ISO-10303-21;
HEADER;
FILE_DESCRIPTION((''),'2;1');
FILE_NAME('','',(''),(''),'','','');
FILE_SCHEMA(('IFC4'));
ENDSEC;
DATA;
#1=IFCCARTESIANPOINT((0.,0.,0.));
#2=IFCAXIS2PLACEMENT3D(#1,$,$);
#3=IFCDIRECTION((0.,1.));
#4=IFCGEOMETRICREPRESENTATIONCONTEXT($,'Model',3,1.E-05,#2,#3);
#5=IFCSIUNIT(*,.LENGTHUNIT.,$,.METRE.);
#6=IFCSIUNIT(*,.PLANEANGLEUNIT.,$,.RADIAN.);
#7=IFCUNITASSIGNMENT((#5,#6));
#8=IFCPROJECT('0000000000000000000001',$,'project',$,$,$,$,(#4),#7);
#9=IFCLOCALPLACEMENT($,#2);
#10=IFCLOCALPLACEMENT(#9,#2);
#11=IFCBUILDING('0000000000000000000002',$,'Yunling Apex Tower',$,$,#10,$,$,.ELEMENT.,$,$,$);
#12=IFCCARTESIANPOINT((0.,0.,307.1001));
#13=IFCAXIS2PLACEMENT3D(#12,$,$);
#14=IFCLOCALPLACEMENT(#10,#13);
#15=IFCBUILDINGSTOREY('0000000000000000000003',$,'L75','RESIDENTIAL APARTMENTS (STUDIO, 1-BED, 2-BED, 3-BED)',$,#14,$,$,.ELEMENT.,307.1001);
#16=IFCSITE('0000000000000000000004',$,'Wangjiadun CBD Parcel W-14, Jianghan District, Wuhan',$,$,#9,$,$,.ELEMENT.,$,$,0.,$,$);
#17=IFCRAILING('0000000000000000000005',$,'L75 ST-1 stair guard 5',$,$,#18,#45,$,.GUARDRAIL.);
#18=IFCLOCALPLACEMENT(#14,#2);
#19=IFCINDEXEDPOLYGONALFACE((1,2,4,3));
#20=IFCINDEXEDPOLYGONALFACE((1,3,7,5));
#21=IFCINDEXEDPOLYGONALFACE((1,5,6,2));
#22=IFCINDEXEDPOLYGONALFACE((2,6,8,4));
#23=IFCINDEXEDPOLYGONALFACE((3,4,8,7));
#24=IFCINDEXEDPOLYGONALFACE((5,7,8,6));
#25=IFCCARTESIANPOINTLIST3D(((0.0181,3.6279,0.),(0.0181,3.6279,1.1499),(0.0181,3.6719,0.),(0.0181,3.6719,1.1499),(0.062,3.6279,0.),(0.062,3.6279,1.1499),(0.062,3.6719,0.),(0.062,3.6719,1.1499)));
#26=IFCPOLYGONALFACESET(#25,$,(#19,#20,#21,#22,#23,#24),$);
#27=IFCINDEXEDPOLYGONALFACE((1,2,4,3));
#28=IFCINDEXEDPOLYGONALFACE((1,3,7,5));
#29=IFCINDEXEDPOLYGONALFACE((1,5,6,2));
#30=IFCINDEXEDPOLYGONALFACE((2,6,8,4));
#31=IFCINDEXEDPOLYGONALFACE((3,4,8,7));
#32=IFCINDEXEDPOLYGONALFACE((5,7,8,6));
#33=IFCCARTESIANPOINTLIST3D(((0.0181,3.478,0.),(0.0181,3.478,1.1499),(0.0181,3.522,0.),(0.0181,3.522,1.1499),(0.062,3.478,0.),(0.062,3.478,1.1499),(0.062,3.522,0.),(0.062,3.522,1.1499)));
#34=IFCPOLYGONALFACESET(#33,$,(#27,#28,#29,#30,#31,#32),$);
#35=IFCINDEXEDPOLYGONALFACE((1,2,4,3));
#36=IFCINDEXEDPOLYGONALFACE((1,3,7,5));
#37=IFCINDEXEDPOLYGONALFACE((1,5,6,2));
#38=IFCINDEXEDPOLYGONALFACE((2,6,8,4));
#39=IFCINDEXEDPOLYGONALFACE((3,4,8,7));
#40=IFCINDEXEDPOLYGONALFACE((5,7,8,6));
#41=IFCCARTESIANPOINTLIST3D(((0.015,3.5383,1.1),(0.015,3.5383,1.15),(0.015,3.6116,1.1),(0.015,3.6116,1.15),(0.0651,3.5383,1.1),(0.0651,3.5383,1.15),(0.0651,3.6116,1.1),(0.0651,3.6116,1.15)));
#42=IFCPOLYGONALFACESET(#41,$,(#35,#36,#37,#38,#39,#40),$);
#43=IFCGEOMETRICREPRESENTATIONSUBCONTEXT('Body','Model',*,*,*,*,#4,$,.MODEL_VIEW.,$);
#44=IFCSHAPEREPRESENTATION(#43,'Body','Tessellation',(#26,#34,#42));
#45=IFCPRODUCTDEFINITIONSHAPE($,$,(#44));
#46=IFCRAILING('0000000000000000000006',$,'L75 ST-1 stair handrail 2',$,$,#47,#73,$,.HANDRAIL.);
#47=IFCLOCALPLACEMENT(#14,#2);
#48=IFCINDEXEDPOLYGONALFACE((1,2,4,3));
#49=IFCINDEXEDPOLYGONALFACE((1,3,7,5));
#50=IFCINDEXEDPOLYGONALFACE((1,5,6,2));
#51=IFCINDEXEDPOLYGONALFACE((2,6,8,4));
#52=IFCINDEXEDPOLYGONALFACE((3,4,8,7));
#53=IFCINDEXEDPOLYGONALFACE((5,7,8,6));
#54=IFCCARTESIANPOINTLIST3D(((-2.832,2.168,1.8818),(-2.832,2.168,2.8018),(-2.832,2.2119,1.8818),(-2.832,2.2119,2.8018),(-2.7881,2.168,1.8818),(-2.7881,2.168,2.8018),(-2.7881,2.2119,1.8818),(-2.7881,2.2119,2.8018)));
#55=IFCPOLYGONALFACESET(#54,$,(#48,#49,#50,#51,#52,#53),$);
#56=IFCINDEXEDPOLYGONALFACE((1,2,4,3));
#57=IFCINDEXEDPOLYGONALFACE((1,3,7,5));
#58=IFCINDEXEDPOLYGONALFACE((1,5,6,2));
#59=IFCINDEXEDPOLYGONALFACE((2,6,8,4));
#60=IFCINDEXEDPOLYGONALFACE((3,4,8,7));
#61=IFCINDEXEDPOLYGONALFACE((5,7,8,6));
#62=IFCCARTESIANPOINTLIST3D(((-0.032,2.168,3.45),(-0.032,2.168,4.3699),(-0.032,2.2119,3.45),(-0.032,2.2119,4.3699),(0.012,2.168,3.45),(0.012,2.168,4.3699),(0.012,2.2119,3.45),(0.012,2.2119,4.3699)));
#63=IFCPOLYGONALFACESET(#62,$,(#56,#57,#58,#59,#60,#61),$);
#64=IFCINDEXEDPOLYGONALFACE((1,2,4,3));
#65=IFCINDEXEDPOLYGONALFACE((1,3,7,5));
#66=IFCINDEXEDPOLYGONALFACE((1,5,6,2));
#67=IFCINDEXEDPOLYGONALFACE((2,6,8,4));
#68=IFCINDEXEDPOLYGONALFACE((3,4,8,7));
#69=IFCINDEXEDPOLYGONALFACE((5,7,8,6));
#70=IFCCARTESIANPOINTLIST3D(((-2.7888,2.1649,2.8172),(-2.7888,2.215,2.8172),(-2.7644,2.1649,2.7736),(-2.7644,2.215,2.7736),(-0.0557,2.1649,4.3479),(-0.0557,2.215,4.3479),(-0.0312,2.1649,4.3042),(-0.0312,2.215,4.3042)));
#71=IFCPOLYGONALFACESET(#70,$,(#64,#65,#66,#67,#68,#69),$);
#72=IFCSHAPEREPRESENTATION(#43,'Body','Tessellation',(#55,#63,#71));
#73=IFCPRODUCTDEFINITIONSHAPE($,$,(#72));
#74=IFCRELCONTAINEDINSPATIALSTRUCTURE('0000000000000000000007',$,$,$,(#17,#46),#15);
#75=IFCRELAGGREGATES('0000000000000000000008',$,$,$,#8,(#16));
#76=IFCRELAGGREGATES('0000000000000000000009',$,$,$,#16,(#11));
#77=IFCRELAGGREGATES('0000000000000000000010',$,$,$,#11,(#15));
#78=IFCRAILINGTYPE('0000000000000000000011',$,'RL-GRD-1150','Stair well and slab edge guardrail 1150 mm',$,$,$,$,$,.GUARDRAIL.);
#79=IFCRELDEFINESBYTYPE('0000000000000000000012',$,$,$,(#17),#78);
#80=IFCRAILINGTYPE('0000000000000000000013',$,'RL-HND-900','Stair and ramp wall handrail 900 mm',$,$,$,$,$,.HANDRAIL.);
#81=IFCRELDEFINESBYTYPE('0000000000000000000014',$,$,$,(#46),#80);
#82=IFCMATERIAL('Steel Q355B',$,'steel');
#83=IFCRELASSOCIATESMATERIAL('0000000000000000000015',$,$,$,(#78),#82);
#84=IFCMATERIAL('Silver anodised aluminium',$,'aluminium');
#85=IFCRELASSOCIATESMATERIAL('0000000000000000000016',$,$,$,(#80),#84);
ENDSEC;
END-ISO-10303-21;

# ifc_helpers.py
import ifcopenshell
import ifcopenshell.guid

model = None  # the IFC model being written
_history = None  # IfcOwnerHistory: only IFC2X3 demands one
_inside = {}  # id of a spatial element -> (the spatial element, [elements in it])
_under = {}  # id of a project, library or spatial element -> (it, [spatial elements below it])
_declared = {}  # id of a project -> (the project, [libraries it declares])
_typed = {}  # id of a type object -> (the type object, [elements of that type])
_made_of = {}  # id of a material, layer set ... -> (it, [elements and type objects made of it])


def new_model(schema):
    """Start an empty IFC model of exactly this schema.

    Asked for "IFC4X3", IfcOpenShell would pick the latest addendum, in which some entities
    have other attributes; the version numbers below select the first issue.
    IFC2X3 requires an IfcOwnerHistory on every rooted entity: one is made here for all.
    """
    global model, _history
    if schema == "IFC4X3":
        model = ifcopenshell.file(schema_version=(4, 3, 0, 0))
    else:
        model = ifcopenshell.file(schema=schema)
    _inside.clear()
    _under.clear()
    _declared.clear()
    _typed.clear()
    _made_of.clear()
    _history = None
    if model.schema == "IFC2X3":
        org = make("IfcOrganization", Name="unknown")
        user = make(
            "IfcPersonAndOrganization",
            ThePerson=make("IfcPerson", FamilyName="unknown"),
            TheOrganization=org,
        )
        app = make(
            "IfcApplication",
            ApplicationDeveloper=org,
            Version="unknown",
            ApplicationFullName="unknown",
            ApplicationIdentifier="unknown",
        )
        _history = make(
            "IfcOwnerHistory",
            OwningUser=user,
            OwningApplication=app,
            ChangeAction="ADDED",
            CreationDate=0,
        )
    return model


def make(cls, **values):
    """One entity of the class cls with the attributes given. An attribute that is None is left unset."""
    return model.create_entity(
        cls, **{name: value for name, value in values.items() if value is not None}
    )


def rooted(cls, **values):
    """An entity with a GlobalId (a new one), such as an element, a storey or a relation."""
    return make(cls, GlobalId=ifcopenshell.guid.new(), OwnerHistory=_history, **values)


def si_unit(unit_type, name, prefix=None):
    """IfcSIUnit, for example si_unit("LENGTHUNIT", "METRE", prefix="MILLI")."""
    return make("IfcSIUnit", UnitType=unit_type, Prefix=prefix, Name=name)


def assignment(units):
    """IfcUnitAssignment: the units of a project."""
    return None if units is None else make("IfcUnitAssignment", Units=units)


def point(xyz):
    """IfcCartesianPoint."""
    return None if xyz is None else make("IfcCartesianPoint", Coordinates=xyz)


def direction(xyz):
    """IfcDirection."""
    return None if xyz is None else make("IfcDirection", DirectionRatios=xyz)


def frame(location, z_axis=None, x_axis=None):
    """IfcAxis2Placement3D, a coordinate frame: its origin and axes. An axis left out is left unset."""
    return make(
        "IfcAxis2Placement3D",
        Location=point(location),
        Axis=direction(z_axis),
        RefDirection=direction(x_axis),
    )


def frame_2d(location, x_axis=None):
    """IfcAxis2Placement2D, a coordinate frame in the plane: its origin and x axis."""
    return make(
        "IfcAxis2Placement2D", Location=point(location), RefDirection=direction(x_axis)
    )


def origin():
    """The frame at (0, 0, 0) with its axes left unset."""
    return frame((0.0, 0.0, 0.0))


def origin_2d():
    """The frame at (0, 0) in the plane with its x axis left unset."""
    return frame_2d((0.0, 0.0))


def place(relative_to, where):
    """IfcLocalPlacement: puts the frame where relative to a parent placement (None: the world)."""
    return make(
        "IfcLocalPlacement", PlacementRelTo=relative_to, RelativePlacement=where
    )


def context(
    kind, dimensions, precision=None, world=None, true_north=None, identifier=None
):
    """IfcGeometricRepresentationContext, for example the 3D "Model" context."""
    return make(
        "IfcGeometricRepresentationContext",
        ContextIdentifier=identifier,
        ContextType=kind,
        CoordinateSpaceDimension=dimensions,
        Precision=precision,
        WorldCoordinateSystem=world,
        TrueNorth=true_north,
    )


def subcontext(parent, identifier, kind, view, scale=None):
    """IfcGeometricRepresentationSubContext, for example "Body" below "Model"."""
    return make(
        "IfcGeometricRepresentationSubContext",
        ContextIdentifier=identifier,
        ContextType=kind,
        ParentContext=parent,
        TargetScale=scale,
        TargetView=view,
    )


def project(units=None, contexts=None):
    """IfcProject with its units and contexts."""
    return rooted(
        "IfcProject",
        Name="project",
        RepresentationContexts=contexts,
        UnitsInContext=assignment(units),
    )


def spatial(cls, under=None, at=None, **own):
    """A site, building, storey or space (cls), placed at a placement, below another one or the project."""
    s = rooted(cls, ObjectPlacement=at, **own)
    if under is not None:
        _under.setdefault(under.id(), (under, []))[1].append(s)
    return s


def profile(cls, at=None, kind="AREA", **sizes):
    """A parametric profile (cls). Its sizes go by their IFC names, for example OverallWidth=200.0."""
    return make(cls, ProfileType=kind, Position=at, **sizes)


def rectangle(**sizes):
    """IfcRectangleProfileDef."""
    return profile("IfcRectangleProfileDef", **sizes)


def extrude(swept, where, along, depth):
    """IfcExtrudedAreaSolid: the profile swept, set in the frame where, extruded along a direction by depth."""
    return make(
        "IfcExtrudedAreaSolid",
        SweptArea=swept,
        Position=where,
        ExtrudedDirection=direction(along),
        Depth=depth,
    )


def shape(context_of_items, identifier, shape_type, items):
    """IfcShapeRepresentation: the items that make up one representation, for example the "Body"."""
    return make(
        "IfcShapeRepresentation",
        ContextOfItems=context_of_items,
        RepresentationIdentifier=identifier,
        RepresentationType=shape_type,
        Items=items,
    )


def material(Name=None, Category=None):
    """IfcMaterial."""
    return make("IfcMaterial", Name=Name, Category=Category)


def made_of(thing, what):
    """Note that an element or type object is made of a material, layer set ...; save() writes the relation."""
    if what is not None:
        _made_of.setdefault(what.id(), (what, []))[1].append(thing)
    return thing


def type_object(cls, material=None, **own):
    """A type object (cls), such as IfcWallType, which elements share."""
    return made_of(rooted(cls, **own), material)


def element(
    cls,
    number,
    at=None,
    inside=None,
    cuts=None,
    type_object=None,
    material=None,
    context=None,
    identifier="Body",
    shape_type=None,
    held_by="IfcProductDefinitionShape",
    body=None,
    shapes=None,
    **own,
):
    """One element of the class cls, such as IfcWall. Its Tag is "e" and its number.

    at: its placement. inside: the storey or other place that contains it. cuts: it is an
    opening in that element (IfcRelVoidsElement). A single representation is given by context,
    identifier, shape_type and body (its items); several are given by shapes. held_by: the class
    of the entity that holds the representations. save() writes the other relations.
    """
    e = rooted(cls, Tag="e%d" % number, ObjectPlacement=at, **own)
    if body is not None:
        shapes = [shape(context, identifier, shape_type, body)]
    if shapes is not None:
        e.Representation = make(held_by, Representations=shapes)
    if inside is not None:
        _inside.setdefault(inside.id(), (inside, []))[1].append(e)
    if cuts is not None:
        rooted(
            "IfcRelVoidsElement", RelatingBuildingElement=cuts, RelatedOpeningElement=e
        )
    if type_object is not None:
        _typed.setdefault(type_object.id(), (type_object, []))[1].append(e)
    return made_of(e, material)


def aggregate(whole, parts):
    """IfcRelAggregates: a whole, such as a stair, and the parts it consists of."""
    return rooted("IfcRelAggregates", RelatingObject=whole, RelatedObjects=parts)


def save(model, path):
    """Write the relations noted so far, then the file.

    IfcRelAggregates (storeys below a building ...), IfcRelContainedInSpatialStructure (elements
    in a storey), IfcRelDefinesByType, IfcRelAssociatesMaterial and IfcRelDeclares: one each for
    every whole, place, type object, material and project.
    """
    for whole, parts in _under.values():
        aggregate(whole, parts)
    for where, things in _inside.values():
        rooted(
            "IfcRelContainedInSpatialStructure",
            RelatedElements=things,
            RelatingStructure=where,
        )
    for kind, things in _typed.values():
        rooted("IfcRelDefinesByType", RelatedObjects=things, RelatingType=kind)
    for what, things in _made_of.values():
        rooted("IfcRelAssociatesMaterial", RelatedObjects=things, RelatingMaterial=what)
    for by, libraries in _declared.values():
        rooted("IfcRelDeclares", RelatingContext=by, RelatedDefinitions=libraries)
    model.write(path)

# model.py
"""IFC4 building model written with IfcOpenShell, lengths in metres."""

from ifc_helpers import new_model, si_unit, direction, frame, origin, origin_2d, place, context, subcontext, project, spatial, rectangle, extrude, material, type_object, element, save


model = new_model("IFC4")

# Units and contexts
model_context = context("Model", 3, precision=1e-05, world=origin(), true_north=direction((0.0, 1.0)))
body_context = subcontext(model_context, "Body", "Model", "MODEL_VIEW")
ifc_project = project(units=[si_unit("LENGTHUNIT", "METRE"), si_unit("PLANEANGLEUNIT", "RADIAN")], contexts=[model_context])

# Site, building, storey
site_placement = place(None, origin())
site = spatial("IfcSite", under=ifc_project, at=site_placement, Name="Wangjiadun CBD Parcel W-14, Jianghan District, Wuhan", CompositionType="ELEMENT", RefElevation=0.0)
building_placement = place(site_placement, origin())
building = spatial("IfcBuilding", under=site, at=building_placement, Name="Yunling Apex Tower", CompositionType="ELEMENT")
storey_placement = place(building_placement, frame((0.0, 0.0, 307.1001)))
storey = spatial("IfcBuildingStorey", under=building, at=storey_placement, Name="L75", Description="RESIDENTIAL APARTMENTS (STUDIO, 1-BED, 2-BED, 3-BED)", CompositionType="ELEMENT", Elevation=307.1001)

# Shared definitions
ifc_material_1 = material(Name="Steel Q355B", Category="steel")

# Railings
railing_type_1 = type_object("IfcRailingType", Name="RL-GRD-1150", Description="Stair well and slab edge guardrail 1150 mm", PredefinedType="GUARDRAIL", material=ifc_material_1)
railing_1_placement = place(storey_placement, frame((0.04, 3.6499, 0.0)))
element("IfcRailing", 1, at=railing_1_placement, inside=storey, type_object=railing_type_1, Name="L75 ST-1 stair guard 5", PredefinedType="GUARDRAIL", context=body_context, shape_type="SweptSolid", body=[
    extrude(rectangle(XDim=0.0439, YDim=0.0439, at=origin_2d()), origin(), (0.0, 0.0, 1.0), 1.1499),
    extrude(rectangle(XDim=0.0439, YDim=0.0439, at=origin_2d()), frame((0.0, -0.1499, 0.0)), (0.0, 0.0, 1.0), 1.1499),
    extrude(rectangle(XDim=0.05, YDim=0.05, at=origin_2d()), frame((0.0, -0.0383, 1.125), z_axis=(0.0, -1.0, 0.0), x_axis=(1.0, 0.0, 0.0)), (0.0, 0.0, 1.0), 0.0732),
])
ifc_material_2 = material(Name="Silver anodised aluminium", Category="aluminium")
railing_type_2 = type_object("IfcRailingType", Name="RL-HND-900", Description="Stair and ramp wall handrail 900 mm", PredefinedType="HANDRAIL", material=ifc_material_2)
railing_2_placement = place(storey_placement, frame((-2.8101, 2.1899, 1.8818)))
element("IfcRailing", 2, at=railing_2_placement, inside=storey, type_object=railing_type_2, Name="L75 ST-1 stair handrail 2", PredefinedType="HANDRAIL", context=body_context, shape_type="SweptSolid", body=[
    extrude(rectangle(XDim=0.0439, YDim=0.0439, at=origin_2d()), origin(), (0.0, 0.0, 1.0), 0.9199),
    extrude(rectangle(XDim=0.0439, YDim=0.0439, at=origin_2d()), frame((2.8, 0.0, 1.5681)), (0.0, 0.0, 1.0), 0.9199),
    extrude(rectangle(XDim=0.05, YDim=0.05, at=origin_2d()), frame((0.0334, 0.0, 0.9136), z_axis=(0.872494, 0.0, 0.488624), x_axis=(0.0, 1.0, 0.0)), (0.0, 0.0, 1.0), 3.1326),
])

save(model, "model.ifc")
